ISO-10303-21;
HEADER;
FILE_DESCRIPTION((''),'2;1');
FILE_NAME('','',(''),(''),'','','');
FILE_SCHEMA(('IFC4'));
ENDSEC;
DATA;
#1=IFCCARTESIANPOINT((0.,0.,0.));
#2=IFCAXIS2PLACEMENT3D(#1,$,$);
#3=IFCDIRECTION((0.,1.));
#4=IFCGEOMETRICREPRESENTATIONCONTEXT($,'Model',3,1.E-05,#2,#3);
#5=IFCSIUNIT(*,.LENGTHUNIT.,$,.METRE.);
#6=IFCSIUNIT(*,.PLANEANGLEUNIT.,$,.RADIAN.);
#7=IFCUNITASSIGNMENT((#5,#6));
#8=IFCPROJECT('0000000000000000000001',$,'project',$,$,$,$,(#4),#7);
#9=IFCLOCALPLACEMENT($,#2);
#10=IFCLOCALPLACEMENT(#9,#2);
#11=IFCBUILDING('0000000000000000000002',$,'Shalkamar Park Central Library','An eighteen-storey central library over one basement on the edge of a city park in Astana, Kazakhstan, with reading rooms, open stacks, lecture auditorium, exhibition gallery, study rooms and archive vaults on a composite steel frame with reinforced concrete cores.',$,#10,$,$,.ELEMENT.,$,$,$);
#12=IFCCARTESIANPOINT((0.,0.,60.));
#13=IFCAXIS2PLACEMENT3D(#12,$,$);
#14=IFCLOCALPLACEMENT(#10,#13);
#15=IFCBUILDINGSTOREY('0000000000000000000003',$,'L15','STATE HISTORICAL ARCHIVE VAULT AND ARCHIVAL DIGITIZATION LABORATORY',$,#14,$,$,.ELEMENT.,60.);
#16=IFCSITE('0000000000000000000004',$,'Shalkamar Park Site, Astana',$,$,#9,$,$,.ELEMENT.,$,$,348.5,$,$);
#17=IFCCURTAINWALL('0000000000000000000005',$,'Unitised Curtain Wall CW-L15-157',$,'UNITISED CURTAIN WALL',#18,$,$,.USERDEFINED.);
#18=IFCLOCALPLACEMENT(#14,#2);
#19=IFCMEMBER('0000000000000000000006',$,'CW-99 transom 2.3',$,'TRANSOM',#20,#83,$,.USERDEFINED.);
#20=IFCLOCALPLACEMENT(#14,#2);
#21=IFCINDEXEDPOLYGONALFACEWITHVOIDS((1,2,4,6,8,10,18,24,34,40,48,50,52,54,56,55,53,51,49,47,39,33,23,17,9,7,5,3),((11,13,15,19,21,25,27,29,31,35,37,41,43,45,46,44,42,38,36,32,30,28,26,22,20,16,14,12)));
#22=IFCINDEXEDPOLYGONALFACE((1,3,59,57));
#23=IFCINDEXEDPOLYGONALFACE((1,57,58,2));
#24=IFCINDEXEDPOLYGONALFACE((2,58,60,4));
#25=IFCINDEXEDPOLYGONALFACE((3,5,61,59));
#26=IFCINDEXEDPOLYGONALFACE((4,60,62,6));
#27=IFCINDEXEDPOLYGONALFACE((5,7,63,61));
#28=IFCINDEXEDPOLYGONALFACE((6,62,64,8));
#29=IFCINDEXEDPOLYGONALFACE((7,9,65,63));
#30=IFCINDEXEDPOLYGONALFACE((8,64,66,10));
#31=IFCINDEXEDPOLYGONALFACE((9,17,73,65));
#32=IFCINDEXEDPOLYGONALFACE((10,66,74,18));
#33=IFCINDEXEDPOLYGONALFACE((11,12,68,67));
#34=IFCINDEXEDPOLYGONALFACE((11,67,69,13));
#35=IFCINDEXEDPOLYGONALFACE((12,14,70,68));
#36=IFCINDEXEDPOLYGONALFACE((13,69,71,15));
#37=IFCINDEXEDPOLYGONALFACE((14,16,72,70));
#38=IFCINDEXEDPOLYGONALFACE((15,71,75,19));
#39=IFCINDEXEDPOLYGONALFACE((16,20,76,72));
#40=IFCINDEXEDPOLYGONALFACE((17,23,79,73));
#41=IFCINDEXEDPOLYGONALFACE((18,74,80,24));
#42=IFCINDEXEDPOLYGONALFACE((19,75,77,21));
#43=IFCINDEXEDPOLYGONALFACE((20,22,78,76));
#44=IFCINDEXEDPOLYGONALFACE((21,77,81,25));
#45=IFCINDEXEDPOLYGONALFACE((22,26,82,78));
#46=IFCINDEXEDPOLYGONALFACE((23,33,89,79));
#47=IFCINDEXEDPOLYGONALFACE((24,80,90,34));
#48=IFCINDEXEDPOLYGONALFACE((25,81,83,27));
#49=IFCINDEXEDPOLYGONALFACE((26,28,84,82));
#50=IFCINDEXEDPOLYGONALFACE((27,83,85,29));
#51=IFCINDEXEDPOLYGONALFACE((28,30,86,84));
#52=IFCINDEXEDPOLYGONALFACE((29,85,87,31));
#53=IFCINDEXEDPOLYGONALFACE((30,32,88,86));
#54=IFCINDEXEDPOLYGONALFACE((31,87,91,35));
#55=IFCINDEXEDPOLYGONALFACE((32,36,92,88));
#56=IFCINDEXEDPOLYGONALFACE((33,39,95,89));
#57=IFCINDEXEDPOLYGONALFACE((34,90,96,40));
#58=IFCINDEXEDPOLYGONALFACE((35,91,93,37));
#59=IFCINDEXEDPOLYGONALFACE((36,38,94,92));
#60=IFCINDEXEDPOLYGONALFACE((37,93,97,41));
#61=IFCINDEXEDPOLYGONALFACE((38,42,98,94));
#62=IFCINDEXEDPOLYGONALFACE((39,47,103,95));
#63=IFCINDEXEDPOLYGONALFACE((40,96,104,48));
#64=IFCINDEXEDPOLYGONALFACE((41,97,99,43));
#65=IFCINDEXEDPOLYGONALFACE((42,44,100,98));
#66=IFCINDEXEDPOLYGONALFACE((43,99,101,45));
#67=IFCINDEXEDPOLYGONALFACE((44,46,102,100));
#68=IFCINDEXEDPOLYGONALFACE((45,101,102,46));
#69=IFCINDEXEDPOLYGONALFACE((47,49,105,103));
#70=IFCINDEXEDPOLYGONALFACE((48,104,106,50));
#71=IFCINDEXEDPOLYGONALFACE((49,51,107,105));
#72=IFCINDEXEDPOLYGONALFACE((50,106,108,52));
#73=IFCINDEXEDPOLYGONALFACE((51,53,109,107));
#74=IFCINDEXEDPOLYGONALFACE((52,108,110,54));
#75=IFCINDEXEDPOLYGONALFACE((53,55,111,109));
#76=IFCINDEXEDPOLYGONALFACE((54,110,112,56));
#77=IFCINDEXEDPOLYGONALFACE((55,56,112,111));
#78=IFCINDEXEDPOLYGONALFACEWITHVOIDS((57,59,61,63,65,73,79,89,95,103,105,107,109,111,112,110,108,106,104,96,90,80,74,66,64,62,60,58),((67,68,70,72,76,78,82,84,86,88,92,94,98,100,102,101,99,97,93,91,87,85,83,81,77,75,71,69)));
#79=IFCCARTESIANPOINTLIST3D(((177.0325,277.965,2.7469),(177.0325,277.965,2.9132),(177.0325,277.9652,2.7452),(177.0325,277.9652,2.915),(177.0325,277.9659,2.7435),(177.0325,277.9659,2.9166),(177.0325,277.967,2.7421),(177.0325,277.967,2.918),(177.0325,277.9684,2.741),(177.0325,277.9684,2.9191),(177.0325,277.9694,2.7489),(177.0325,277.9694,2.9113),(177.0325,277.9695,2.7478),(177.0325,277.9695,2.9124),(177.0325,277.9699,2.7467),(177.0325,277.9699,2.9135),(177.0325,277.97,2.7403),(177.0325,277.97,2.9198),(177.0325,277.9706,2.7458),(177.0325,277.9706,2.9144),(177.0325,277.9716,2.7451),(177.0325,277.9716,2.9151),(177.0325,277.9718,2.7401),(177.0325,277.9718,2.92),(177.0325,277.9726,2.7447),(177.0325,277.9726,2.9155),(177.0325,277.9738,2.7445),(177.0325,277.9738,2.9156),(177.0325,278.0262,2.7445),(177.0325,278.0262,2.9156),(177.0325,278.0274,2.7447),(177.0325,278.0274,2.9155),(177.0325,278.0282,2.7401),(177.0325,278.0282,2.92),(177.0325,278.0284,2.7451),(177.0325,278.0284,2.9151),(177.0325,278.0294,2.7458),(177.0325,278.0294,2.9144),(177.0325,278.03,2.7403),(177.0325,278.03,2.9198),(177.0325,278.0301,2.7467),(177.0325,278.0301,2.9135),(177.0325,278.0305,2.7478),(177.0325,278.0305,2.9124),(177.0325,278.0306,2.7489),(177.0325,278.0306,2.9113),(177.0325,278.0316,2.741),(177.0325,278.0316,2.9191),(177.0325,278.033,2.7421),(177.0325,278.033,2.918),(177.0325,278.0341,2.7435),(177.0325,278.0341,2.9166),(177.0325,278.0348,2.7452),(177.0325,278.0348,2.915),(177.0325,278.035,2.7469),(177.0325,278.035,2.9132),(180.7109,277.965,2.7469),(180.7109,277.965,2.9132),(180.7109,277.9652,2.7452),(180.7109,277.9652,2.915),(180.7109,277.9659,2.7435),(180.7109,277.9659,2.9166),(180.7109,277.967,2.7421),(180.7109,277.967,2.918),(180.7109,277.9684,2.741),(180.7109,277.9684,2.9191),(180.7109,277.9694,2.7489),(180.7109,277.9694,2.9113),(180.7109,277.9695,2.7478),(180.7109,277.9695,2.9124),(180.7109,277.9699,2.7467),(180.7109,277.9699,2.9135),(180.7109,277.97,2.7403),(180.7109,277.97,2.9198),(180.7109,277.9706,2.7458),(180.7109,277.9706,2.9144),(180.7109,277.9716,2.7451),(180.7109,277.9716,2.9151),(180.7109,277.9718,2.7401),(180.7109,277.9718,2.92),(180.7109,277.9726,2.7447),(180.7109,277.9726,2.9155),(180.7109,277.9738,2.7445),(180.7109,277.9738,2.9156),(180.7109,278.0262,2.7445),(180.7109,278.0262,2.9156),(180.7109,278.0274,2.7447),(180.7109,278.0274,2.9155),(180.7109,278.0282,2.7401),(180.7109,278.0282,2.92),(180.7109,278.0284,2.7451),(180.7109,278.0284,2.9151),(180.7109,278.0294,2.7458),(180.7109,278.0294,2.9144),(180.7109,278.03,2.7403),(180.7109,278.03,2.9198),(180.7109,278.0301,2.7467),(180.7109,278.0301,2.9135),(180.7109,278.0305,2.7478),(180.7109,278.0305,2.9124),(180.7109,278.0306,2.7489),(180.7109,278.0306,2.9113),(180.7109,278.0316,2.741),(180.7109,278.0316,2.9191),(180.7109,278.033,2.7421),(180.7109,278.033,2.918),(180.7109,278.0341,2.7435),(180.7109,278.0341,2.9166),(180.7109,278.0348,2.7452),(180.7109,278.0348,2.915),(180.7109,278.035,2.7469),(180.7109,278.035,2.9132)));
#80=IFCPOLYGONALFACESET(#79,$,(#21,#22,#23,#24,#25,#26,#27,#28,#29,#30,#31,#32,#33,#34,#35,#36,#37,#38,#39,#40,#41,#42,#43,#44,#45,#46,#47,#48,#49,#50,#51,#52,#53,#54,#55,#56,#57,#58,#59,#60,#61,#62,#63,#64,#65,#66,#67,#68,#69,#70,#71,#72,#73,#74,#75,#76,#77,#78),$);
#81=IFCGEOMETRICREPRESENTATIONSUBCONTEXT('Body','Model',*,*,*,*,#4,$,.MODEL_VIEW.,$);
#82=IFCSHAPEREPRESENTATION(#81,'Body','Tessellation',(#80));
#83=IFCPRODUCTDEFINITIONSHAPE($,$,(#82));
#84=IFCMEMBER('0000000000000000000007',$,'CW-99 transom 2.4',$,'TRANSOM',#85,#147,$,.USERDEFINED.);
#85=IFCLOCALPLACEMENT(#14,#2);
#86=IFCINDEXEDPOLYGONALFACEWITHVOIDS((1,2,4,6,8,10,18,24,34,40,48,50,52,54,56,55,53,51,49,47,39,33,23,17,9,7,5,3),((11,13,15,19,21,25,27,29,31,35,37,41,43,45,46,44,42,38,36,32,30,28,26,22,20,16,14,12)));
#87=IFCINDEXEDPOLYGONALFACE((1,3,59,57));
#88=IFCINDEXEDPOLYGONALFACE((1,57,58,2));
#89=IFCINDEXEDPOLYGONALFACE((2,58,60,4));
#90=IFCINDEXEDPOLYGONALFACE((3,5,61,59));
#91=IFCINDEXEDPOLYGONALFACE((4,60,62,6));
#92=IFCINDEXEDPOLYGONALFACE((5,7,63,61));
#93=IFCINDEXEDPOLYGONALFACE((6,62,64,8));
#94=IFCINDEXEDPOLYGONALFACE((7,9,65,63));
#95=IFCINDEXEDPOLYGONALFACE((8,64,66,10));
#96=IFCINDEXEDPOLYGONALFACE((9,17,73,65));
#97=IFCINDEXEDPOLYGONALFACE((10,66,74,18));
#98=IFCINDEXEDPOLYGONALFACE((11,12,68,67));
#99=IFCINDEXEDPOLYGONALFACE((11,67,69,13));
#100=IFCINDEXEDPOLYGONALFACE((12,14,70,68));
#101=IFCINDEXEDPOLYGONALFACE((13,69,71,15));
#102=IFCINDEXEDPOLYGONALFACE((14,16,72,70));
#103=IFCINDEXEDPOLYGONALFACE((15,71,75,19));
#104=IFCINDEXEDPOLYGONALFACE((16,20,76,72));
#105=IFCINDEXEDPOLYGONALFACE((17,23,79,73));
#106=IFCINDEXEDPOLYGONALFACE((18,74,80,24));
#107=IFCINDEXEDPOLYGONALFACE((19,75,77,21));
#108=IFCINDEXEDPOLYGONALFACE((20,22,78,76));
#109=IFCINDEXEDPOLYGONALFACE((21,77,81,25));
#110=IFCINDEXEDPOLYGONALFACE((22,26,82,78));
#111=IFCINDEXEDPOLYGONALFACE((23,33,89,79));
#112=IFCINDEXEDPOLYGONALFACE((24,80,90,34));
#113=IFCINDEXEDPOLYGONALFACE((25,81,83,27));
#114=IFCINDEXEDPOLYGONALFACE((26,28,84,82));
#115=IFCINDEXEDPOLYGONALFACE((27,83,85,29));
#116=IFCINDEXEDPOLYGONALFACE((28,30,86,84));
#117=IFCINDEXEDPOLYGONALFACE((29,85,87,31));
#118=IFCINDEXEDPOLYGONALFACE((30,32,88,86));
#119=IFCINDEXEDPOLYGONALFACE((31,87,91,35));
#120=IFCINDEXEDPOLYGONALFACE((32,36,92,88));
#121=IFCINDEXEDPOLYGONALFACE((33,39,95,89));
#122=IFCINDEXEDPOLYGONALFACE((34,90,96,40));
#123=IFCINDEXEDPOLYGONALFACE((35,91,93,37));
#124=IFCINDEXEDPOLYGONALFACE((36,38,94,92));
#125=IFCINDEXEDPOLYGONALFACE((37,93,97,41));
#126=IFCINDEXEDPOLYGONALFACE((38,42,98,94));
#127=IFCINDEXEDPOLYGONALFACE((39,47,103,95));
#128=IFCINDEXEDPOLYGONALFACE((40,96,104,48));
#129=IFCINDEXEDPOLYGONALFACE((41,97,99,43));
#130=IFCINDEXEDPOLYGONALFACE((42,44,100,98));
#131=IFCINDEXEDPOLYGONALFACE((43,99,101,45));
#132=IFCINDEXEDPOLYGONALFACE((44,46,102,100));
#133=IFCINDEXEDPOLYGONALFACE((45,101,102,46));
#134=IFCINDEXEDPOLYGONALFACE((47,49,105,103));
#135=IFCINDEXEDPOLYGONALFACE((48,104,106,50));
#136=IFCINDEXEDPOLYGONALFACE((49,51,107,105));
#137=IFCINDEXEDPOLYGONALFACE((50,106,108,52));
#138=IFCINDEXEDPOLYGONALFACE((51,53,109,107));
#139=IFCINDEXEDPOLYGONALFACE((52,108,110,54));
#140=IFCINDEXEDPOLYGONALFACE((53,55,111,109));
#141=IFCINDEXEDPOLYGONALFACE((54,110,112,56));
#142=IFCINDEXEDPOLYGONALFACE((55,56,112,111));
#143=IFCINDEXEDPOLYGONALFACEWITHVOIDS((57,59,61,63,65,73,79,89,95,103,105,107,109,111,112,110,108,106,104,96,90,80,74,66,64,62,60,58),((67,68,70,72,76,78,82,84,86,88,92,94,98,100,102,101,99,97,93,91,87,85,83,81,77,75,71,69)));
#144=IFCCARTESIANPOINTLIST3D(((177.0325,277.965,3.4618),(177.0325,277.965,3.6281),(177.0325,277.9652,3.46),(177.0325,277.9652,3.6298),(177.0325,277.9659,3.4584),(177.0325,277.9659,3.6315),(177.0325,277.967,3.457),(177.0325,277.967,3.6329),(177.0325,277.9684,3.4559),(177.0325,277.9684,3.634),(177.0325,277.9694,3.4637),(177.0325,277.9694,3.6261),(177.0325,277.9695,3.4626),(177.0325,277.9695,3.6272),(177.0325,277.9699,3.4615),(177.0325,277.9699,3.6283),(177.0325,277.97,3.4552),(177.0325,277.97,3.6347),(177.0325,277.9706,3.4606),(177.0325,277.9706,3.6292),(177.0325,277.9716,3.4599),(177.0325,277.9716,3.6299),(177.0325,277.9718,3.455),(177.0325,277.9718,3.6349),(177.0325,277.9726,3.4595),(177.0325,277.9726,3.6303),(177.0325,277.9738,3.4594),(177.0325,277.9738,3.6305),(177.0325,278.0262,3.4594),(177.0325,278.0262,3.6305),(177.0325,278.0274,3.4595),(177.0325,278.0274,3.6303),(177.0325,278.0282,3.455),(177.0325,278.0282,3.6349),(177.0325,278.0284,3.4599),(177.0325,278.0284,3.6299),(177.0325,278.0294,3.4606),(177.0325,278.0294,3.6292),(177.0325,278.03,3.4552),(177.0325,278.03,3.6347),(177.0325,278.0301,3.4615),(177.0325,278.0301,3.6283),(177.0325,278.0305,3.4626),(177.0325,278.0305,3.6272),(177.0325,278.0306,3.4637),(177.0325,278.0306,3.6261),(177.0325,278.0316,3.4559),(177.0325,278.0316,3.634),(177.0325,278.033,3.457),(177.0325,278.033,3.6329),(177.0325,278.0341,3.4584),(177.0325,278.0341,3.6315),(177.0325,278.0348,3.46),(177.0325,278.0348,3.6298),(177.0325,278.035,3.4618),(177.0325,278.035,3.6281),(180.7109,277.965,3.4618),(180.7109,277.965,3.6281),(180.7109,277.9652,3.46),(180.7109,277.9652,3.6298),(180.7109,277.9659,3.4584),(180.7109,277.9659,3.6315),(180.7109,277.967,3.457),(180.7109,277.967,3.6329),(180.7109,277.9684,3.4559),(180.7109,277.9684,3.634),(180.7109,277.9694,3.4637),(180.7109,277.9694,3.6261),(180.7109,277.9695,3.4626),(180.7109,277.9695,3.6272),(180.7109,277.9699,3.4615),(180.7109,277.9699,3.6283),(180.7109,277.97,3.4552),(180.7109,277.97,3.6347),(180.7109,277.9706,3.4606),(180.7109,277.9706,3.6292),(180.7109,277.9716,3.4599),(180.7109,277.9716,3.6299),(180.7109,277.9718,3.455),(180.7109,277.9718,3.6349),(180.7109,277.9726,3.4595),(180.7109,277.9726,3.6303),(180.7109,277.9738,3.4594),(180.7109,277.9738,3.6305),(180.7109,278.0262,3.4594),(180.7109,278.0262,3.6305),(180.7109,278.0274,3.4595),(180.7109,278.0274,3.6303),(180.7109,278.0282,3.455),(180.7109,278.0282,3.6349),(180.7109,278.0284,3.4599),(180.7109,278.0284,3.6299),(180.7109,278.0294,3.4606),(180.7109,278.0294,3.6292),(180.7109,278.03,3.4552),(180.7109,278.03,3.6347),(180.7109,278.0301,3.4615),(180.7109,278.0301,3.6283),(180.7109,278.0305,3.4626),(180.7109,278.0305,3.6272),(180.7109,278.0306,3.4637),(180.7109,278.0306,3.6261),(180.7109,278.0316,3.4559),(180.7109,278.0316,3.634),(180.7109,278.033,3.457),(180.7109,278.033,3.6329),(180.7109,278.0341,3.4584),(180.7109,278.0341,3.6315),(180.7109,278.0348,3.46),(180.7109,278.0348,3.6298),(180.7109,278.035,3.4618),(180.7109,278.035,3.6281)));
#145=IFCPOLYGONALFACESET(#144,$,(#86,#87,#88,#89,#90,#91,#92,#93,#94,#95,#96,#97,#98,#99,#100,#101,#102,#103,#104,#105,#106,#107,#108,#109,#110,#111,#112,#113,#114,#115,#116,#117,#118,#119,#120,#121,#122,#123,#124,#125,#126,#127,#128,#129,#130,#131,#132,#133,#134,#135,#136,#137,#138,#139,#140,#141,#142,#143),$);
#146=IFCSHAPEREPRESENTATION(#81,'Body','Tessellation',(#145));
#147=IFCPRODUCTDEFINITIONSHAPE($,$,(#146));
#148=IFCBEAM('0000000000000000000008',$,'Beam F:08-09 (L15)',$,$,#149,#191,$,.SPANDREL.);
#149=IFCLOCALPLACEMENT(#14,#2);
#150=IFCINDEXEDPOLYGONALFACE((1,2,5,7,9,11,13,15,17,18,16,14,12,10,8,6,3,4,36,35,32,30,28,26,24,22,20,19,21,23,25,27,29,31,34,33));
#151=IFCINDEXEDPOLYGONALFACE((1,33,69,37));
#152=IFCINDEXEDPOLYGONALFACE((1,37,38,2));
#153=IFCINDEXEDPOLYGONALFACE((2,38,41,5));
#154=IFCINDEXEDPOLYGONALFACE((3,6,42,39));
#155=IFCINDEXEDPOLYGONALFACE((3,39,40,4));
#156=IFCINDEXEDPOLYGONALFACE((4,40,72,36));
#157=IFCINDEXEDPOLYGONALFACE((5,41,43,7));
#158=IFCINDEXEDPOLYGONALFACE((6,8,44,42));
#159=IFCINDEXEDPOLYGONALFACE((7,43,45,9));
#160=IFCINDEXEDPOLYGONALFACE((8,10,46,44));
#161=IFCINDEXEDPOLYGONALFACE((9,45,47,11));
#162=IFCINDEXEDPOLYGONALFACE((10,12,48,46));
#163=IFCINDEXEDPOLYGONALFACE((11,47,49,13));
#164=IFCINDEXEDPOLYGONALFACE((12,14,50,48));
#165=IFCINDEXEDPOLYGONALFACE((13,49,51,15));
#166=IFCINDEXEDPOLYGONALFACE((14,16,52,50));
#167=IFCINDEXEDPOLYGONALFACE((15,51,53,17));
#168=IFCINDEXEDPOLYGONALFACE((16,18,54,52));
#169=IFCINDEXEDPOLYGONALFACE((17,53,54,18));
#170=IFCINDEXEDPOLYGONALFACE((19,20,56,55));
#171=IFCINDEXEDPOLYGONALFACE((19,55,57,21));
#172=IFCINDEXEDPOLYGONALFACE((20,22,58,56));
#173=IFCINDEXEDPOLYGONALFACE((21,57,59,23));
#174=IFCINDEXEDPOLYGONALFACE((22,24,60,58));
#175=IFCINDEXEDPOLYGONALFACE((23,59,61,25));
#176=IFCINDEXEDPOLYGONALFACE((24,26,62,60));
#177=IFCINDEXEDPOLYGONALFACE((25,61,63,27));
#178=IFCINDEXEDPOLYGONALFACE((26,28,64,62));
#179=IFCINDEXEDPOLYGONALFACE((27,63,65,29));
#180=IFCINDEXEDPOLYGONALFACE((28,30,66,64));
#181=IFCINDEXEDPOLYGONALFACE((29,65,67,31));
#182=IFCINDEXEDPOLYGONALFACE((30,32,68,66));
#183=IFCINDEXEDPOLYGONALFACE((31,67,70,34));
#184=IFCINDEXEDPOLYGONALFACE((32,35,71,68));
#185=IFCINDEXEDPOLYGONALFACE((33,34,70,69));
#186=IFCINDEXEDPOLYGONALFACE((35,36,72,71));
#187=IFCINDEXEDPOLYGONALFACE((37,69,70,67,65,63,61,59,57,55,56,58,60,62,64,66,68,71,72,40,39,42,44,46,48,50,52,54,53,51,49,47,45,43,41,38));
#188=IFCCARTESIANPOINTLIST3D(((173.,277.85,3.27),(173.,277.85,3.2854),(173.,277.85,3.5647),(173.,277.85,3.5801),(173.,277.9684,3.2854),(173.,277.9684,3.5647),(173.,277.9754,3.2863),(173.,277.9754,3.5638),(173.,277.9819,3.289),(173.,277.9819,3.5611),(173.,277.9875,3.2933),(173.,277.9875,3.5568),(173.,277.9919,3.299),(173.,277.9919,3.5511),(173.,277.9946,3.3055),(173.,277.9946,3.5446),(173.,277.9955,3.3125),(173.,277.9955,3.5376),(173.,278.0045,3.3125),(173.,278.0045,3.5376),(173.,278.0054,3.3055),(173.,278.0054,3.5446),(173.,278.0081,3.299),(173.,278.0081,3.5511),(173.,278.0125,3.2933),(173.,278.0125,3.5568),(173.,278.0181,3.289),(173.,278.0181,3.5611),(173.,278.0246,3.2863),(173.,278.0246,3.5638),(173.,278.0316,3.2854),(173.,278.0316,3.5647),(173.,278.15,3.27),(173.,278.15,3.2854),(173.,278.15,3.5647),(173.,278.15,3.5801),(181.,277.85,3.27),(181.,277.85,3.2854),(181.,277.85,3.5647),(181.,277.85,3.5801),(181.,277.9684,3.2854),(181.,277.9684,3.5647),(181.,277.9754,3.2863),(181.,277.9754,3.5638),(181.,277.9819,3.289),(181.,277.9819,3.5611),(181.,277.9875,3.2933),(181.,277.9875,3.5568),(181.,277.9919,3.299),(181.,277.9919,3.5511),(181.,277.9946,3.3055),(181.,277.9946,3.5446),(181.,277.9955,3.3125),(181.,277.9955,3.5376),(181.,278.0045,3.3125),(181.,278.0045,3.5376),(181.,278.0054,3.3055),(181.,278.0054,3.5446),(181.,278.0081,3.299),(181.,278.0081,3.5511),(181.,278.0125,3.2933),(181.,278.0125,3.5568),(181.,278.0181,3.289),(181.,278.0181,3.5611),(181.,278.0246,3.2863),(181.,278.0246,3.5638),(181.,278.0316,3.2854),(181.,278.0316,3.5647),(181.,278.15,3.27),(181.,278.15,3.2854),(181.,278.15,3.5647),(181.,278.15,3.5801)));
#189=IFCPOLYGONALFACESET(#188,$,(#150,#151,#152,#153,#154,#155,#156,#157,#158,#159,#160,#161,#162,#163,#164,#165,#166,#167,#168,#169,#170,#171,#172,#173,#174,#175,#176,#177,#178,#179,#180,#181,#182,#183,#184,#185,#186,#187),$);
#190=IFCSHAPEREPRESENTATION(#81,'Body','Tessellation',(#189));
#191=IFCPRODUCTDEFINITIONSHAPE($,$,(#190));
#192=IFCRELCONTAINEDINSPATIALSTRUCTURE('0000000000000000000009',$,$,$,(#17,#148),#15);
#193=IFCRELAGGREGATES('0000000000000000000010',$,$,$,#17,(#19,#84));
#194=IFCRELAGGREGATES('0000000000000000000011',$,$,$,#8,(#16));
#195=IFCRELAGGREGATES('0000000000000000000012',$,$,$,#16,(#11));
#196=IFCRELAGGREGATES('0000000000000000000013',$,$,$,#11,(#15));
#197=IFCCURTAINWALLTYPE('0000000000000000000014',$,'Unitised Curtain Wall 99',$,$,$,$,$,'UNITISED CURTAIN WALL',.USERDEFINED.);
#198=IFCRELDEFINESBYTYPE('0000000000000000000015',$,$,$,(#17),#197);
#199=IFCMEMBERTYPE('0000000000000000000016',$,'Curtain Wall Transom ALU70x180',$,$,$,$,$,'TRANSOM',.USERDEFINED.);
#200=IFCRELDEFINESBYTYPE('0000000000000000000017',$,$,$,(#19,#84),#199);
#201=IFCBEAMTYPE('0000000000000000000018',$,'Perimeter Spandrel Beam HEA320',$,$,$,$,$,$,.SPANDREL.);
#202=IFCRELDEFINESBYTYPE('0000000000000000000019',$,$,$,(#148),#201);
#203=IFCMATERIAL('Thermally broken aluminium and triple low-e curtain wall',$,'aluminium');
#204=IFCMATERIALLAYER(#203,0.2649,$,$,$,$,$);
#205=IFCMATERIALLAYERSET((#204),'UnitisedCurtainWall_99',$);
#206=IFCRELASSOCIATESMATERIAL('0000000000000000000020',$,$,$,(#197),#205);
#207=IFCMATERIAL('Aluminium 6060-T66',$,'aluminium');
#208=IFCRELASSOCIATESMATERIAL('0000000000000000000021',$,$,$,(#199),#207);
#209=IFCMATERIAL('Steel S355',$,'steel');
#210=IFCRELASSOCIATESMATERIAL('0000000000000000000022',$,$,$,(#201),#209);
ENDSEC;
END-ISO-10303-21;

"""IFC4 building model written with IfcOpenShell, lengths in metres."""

from ifc_helpers import new_model, si_unit, direction, frame, origin, origin_2d, place, context, subcontext, project, spatial, hollow_rectangle, i_section, extrude, material, layer, layer_set, material_profile, profile_set, type_object, element, aggregate, save


model = new_model("IFC4")

# Units and contexts
model_context = context("Model", 3, precision=1e-05, world=origin(), true_north=direction((0.0, 1.0)))
body_context = subcontext(model_context, "Body", "Model", "MODEL_VIEW")
ifc_project = project(units=[si_unit("LENGTHUNIT", "METRE"), si_unit("PLANEANGLEUNIT", "RADIAN")], contexts=[model_context])

# Site, building, storey
site_placement = place(None, origin())
site = spatial("IfcSite", under=ifc_project, at=site_placement, Name="Shalkamar Park Site, Astana", CompositionType="ELEMENT", RefElevation=348.5)
building_placement = place(site_placement, origin())
building = spatial("IfcBuilding", under=site, at=building_placement, Name="Shalkamar Park Central Library", Description="An eighteen-storey central library over one basement on the edge of a city park in Astana, Kazakhstan, with reading rooms, open stacks, lecture auditorium, exhibition gallery, study rooms and archive vaults on a composite steel frame with reinforced concrete cores.", CompositionType="ELEMENT")
storey_placement = place(building_placement, frame((0.0, 0.0, 60.0)))
storey = spatial("IfcBuildingStorey", under=building, at=storey_placement, Name="L15", Description="STATE HISTORICAL ARCHIVE VAULT AND ARCHIVAL DIGITIZATION LABORATORY", CompositionType="ELEMENT", Elevation=60.0)

# Shared definitions
ifc_material_1 = material(Name="Steel S355", Category="steel")

# Curtain wall
ifc_material_2 = material(Name="Thermally broken aluminium and triple low-e curtain wall", Category="aluminium")
ifc_material_3 = material(Name="Aluminium 6060-T66", Category="aluminium")
ifc_layer_1 = layer(ifc_material_2, 0.2649)
ifc_layer_set_1 = layer_set([ifc_layer_1], Name="UnitisedCurtainWall_99")
curtain_wall_type_1 = type_object("IfcCurtainWallType", Name="Unitised Curtain Wall 99", ElementType="UNITISED CURTAIN WALL", PredefinedType="USERDEFINED", material=ifc_layer_set_1)
curtain_wall_1_placement = place(storey_placement, origin())
curtain_wall_1 = element("IfcCurtainWall", 1, at=curtain_wall_1_placement, inside=storey, type_object=curtain_wall_type_1, Name="Unitised Curtain Wall CW-L15-157", ObjectType="UNITISED CURTAIN WALL", PredefinedType="USERDEFINED")

# Members
ifc_material_profile_1 = material_profile(ifc_material_3, hollow_rectangle(XDim=0.0701, YDim=0.1799, WallThickness=0.0044, InnerFilletRadius=0.0044, OuterFilletRadius=0.0068, at=origin_2d()), Name="ALU 70x180x4.5")
ifc_profile_set_1 = profile_set([ifc_material_profile_1], Name="Aluminium 6060-T66")
member_type_1 = type_object("IfcMemberType", Name="Curtain Wall Transom ALU70x180", ElementType="TRANSOM", PredefinedType="USERDEFINED", material=ifc_profile_set_1)
member_1_placement = place(storey_placement, frame((177.0325, 278.0, 2.8301), z_axis=(1.0, 0.0, 0.0), x_axis=(0.0, 1.0, 0.0)))
member_1 = element("IfcMember", 2, at=member_1_placement, type_object=member_type_1, Name="CW-99 transom 2.3", ObjectType="TRANSOM", PredefinedType="USERDEFINED", context=body_context, shape_type="SweptSolid", body=[
    extrude(hollow_rectangle(XDim=0.0701, YDim=0.1799, WallThickness=0.0044, InnerFilletRadius=0.0044, OuterFilletRadius=0.0068, at=origin_2d()), origin(), (0.0, 0.0, 1.0), 3.6785),
])
member_2_placement = place(storey_placement, frame((177.0325, 278.0, 3.5449), z_axis=(1.0, 0.0, 0.0), x_axis=(0.0, 1.0, 0.0)))
member_2 = element("IfcMember", 3, at=member_2_placement, type_object=member_type_1, Name="CW-99 transom 2.4", ObjectType="TRANSOM", PredefinedType="USERDEFINED", context=body_context, shape_type="SweptSolid", body=[
    extrude(hollow_rectangle(XDim=0.0701, YDim=0.1799, WallThickness=0.0044, InnerFilletRadius=0.0044, OuterFilletRadius=0.0068, at=origin_2d()), origin(), (0.0, 0.0, 1.0), 3.6785),
])

# Beam
ifc_material_profile_2 = material_profile(ifc_material_1, i_section(OverallWidth=0.3, OverallDepth=0.3101, WebThickness=0.009, FlangeThickness=0.0154, FilletRadius=0.0271, at=origin_2d()), Name="HEA 320")
ifc_profile_set_2 = profile_set([ifc_material_profile_2], Name="Steel S355")
beam_type = type_object("IfcBeamType", Name="Perimeter Spandrel Beam HEA320", PredefinedType="SPANDREL", material=ifc_profile_set_2)
beam_placement = place(storey_placement, frame((173.0, 278.0, 3.425), z_axis=(1.0, 0.0, 0.0), x_axis=(0.0, 1.0, 0.0)))
element("IfcBeam", 4, at=beam_placement, inside=storey, type_object=beam_type, Name="Beam F:08-09 (L15)", PredefinedType="SPANDREL", context=body_context, shape_type="SweptSolid", body=[
    extrude(i_section(OverallWidth=0.3, OverallDepth=0.3101, WebThickness=0.009, FlangeThickness=0.0154, FilletRadius=0.0271, at=origin_2d()), origin(), (0.0, 0.0, 1.0), 8.0),
])

aggregate(curtain_wall_1, [member_1, member_2])

save(model, "model.ifc")
